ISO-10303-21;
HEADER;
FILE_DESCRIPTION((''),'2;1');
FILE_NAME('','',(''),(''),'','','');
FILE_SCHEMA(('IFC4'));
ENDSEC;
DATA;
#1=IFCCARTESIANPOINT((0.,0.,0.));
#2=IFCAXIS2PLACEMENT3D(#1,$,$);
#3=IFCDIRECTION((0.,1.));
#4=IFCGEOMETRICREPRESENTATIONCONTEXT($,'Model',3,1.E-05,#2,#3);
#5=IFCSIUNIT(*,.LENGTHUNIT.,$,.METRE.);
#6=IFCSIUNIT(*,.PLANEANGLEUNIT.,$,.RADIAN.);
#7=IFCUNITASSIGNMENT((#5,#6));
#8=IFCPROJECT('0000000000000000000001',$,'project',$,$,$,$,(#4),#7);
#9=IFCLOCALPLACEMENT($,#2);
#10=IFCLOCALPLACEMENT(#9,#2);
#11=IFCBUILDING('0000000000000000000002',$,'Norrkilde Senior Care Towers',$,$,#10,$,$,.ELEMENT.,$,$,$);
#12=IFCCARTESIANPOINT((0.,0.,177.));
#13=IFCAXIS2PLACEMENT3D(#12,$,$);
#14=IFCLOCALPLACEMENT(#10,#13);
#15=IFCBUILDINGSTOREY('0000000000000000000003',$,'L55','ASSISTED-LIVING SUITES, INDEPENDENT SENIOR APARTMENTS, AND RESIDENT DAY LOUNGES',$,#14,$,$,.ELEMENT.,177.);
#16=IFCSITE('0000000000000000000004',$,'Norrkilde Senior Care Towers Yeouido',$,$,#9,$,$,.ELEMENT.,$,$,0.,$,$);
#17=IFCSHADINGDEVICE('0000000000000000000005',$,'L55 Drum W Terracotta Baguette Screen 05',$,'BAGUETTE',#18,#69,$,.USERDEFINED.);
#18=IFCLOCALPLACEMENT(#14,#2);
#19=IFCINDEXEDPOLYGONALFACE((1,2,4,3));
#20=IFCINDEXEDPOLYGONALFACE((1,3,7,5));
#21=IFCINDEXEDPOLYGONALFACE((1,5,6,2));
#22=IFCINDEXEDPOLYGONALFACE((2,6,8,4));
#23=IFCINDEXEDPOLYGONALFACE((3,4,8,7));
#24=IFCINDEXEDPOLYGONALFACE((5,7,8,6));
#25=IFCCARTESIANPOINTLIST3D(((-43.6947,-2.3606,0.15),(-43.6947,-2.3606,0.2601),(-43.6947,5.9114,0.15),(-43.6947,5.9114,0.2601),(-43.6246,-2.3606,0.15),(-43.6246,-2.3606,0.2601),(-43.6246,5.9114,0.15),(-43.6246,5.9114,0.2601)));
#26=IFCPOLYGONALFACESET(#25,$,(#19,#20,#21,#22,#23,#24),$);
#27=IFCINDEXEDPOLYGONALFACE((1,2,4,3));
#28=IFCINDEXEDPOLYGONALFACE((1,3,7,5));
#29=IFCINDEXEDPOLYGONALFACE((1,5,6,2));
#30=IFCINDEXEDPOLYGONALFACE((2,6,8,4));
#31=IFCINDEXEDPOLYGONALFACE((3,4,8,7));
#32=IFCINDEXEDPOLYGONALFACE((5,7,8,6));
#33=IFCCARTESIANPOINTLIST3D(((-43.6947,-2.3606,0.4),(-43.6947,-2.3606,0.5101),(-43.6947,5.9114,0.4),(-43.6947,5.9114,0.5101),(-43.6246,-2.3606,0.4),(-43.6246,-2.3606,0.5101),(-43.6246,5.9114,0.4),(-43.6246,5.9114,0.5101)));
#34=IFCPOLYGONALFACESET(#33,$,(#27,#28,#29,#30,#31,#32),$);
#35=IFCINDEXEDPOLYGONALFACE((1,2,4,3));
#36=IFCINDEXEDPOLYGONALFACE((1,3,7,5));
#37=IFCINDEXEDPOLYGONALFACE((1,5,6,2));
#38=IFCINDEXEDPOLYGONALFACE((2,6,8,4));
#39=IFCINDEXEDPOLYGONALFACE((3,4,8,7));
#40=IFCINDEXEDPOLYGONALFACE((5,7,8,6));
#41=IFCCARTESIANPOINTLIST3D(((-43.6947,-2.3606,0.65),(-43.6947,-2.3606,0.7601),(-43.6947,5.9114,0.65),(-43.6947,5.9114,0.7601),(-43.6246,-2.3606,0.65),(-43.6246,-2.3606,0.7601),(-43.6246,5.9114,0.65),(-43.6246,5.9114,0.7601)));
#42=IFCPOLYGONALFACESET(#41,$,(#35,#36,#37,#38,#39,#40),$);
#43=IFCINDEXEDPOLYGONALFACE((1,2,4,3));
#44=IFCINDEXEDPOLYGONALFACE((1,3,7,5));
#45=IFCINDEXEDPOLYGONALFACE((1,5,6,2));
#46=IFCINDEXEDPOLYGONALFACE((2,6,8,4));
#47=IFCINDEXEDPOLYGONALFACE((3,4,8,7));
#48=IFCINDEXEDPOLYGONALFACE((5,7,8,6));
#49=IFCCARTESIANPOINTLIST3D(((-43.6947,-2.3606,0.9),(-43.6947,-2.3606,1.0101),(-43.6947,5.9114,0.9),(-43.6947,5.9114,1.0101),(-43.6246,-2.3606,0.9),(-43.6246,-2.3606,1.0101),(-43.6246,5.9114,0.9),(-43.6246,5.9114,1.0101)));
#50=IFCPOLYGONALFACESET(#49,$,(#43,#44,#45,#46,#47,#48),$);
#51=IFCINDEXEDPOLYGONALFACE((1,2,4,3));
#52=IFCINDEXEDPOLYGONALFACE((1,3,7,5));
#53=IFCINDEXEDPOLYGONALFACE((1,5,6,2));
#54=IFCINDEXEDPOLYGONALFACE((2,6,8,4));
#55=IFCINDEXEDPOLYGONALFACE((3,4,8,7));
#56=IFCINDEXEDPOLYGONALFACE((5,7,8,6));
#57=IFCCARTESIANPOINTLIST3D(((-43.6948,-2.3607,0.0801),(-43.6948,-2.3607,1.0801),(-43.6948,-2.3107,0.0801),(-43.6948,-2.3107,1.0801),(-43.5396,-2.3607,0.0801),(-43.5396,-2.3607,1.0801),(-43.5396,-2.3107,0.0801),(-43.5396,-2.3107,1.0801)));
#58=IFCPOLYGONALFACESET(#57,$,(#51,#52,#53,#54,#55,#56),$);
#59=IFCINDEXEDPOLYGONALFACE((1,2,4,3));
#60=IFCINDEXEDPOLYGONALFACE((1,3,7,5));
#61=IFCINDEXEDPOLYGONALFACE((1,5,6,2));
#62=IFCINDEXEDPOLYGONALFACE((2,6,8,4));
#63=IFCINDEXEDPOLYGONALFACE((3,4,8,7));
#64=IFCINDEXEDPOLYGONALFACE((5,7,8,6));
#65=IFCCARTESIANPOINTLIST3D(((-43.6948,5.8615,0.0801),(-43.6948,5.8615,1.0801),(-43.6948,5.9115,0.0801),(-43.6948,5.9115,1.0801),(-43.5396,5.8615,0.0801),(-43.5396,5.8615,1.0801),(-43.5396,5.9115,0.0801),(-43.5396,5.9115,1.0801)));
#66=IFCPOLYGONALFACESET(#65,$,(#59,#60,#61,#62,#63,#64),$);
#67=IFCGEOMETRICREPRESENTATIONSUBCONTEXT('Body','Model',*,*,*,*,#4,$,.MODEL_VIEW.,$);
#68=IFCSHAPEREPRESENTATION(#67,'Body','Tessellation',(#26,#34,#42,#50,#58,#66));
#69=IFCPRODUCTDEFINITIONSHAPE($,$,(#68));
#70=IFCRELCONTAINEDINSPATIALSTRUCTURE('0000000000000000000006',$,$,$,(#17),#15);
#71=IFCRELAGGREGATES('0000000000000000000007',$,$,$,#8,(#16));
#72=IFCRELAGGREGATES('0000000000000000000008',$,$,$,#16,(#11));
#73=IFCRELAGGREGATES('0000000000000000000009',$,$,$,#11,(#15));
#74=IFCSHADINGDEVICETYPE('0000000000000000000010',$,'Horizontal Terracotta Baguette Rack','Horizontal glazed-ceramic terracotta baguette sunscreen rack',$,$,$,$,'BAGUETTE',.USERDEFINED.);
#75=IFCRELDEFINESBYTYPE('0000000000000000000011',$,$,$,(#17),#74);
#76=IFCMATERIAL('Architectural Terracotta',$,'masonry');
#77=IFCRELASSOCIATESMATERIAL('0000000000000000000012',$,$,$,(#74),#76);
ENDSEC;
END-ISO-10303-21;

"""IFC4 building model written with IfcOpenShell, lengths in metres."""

from ifc_helpers import new_model, si_unit, direction, frame, origin, origin_2d, place, context, subcontext, project, spatial, rectangle, extrude, source, transform, mapped, material, type_object, type_shapes, element, save


model = new_model("IFC4")

# Units and contexts
model_context = context("Model", 3, precision=1e-05, world=origin(), true_north=direction((0.0, 1.0)))
body_context = subcontext(model_context, "Body", "Model", "MODEL_VIEW")
ifc_project = project(units=[si_unit("LENGTHUNIT", "METRE"), si_unit("PLANEANGLEUNIT", "RADIAN")], contexts=[model_context])

# Site, building, storey
site_placement = place(None, origin())
site = spatial("IfcSite", under=ifc_project, at=site_placement, Name="Norrkilde Senior Care Towers Yeouido", CompositionType="ELEMENT", RefElevation=0.0)
building_placement = place(site_placement, origin())
building = spatial("IfcBuilding", under=site, at=building_placement, Name="Norrkilde Senior Care Towers", CompositionType="ELEMENT")
storey_placement = place(building_placement, frame((0.0, 0.0, 177.0)))
storey = spatial("IfcBuildingStorey", under=building, at=storey_placement, Name="L55", Description="ASSISTED-LIVING SUITES, INDEPENDENT SENIOR APARTMENTS, AND RESIDENT DAY LOUNGES", CompositionType="ELEMENT", Elevation=177.0)

# Shading device
ifc_material_1 = material(Name="Architectural Terracotta", Category="masonry")
shading_device_type = type_object("IfcShadingDeviceType", Name="Horizontal Terracotta Baguette Rack", Description="Horizontal glazed-ceramic terracotta baguette sunscreen rack", ElementType="BAGUETTE", PredefinedType="USERDEFINED", material=ifc_material_1)
shared_shape_1 = source(origin(), body_context, "Body", "SweptSolid", [
    extrude(rectangle(XDim=0.0701, YDim=0.1101, at=origin_2d()), frame((0.0, 0.0901, 0.125), z_axis=(1.0, 0.0, 0.0), x_axis=(0.0, 1.0, 0.0)), (0.0, 0.0, 1.0), 8.272),
    extrude(rectangle(XDim=0.0701, YDim=0.1101, at=origin_2d()), frame((0.0, 0.0901, 0.375), z_axis=(1.0, 0.0, 0.0), x_axis=(0.0, 1.0, 0.0)), (0.0, 0.0, 1.0), 8.272),
    extrude(rectangle(XDim=0.0701, YDim=0.1101, at=origin_2d()), frame((0.0, 0.0901, 0.625), z_axis=(1.0, 0.0, 0.0), x_axis=(0.0, 1.0, 0.0)), (0.0, 0.0, 1.0), 8.272),
    extrude(rectangle(XDim=0.0701, YDim=0.1101, at=origin_2d()), frame((0.0, 0.0901, 0.875), z_axis=(1.0, 0.0, 0.0), x_axis=(0.0, 1.0, 0.0)), (0.0, 0.0, 1.0), 8.272),
    extrude(rectangle(XDim=0.05, YDim=0.1553, at=origin_2d()), frame((0.0249, 0.0476, 0.0)), (0.0, 0.0, 1.0), 1.0),
    extrude(rectangle(XDim=0.05, YDim=0.1553, at=origin_2d()), frame((8.2471, 0.0476, 0.0)), (0.0, 0.0, 1.0), 1.0),
])
type_shapes(shading_device_type, [shared_shape_1])
shading_device_placement = place(storey_placement, frame((-43.5696, -2.3606, 0.0801), z_axis=(0.0, 0.0, 1.0), x_axis=(0.0, 1.0, 0.0)))
element("IfcShadingDevice", 1, at=shading_device_placement, inside=storey, type_object=shading_device_type, Name="L55 Drum W Terracotta Baguette Screen 05", ObjectType="BAGUETTE", PredefinedType="USERDEFINED", context=body_context, shape_type="MappedRepresentation", body=[
    mapped(shared_shape_1, transform((0.0, 0.0, 0.0), x_axis=(1.0, 0.0, 0.0), y_axis=(0.0, 1.0, 0.0), z_axis=(0.0, 0.0, 1.0), scale=1.0)),
])

save(model, "model.ifc")
